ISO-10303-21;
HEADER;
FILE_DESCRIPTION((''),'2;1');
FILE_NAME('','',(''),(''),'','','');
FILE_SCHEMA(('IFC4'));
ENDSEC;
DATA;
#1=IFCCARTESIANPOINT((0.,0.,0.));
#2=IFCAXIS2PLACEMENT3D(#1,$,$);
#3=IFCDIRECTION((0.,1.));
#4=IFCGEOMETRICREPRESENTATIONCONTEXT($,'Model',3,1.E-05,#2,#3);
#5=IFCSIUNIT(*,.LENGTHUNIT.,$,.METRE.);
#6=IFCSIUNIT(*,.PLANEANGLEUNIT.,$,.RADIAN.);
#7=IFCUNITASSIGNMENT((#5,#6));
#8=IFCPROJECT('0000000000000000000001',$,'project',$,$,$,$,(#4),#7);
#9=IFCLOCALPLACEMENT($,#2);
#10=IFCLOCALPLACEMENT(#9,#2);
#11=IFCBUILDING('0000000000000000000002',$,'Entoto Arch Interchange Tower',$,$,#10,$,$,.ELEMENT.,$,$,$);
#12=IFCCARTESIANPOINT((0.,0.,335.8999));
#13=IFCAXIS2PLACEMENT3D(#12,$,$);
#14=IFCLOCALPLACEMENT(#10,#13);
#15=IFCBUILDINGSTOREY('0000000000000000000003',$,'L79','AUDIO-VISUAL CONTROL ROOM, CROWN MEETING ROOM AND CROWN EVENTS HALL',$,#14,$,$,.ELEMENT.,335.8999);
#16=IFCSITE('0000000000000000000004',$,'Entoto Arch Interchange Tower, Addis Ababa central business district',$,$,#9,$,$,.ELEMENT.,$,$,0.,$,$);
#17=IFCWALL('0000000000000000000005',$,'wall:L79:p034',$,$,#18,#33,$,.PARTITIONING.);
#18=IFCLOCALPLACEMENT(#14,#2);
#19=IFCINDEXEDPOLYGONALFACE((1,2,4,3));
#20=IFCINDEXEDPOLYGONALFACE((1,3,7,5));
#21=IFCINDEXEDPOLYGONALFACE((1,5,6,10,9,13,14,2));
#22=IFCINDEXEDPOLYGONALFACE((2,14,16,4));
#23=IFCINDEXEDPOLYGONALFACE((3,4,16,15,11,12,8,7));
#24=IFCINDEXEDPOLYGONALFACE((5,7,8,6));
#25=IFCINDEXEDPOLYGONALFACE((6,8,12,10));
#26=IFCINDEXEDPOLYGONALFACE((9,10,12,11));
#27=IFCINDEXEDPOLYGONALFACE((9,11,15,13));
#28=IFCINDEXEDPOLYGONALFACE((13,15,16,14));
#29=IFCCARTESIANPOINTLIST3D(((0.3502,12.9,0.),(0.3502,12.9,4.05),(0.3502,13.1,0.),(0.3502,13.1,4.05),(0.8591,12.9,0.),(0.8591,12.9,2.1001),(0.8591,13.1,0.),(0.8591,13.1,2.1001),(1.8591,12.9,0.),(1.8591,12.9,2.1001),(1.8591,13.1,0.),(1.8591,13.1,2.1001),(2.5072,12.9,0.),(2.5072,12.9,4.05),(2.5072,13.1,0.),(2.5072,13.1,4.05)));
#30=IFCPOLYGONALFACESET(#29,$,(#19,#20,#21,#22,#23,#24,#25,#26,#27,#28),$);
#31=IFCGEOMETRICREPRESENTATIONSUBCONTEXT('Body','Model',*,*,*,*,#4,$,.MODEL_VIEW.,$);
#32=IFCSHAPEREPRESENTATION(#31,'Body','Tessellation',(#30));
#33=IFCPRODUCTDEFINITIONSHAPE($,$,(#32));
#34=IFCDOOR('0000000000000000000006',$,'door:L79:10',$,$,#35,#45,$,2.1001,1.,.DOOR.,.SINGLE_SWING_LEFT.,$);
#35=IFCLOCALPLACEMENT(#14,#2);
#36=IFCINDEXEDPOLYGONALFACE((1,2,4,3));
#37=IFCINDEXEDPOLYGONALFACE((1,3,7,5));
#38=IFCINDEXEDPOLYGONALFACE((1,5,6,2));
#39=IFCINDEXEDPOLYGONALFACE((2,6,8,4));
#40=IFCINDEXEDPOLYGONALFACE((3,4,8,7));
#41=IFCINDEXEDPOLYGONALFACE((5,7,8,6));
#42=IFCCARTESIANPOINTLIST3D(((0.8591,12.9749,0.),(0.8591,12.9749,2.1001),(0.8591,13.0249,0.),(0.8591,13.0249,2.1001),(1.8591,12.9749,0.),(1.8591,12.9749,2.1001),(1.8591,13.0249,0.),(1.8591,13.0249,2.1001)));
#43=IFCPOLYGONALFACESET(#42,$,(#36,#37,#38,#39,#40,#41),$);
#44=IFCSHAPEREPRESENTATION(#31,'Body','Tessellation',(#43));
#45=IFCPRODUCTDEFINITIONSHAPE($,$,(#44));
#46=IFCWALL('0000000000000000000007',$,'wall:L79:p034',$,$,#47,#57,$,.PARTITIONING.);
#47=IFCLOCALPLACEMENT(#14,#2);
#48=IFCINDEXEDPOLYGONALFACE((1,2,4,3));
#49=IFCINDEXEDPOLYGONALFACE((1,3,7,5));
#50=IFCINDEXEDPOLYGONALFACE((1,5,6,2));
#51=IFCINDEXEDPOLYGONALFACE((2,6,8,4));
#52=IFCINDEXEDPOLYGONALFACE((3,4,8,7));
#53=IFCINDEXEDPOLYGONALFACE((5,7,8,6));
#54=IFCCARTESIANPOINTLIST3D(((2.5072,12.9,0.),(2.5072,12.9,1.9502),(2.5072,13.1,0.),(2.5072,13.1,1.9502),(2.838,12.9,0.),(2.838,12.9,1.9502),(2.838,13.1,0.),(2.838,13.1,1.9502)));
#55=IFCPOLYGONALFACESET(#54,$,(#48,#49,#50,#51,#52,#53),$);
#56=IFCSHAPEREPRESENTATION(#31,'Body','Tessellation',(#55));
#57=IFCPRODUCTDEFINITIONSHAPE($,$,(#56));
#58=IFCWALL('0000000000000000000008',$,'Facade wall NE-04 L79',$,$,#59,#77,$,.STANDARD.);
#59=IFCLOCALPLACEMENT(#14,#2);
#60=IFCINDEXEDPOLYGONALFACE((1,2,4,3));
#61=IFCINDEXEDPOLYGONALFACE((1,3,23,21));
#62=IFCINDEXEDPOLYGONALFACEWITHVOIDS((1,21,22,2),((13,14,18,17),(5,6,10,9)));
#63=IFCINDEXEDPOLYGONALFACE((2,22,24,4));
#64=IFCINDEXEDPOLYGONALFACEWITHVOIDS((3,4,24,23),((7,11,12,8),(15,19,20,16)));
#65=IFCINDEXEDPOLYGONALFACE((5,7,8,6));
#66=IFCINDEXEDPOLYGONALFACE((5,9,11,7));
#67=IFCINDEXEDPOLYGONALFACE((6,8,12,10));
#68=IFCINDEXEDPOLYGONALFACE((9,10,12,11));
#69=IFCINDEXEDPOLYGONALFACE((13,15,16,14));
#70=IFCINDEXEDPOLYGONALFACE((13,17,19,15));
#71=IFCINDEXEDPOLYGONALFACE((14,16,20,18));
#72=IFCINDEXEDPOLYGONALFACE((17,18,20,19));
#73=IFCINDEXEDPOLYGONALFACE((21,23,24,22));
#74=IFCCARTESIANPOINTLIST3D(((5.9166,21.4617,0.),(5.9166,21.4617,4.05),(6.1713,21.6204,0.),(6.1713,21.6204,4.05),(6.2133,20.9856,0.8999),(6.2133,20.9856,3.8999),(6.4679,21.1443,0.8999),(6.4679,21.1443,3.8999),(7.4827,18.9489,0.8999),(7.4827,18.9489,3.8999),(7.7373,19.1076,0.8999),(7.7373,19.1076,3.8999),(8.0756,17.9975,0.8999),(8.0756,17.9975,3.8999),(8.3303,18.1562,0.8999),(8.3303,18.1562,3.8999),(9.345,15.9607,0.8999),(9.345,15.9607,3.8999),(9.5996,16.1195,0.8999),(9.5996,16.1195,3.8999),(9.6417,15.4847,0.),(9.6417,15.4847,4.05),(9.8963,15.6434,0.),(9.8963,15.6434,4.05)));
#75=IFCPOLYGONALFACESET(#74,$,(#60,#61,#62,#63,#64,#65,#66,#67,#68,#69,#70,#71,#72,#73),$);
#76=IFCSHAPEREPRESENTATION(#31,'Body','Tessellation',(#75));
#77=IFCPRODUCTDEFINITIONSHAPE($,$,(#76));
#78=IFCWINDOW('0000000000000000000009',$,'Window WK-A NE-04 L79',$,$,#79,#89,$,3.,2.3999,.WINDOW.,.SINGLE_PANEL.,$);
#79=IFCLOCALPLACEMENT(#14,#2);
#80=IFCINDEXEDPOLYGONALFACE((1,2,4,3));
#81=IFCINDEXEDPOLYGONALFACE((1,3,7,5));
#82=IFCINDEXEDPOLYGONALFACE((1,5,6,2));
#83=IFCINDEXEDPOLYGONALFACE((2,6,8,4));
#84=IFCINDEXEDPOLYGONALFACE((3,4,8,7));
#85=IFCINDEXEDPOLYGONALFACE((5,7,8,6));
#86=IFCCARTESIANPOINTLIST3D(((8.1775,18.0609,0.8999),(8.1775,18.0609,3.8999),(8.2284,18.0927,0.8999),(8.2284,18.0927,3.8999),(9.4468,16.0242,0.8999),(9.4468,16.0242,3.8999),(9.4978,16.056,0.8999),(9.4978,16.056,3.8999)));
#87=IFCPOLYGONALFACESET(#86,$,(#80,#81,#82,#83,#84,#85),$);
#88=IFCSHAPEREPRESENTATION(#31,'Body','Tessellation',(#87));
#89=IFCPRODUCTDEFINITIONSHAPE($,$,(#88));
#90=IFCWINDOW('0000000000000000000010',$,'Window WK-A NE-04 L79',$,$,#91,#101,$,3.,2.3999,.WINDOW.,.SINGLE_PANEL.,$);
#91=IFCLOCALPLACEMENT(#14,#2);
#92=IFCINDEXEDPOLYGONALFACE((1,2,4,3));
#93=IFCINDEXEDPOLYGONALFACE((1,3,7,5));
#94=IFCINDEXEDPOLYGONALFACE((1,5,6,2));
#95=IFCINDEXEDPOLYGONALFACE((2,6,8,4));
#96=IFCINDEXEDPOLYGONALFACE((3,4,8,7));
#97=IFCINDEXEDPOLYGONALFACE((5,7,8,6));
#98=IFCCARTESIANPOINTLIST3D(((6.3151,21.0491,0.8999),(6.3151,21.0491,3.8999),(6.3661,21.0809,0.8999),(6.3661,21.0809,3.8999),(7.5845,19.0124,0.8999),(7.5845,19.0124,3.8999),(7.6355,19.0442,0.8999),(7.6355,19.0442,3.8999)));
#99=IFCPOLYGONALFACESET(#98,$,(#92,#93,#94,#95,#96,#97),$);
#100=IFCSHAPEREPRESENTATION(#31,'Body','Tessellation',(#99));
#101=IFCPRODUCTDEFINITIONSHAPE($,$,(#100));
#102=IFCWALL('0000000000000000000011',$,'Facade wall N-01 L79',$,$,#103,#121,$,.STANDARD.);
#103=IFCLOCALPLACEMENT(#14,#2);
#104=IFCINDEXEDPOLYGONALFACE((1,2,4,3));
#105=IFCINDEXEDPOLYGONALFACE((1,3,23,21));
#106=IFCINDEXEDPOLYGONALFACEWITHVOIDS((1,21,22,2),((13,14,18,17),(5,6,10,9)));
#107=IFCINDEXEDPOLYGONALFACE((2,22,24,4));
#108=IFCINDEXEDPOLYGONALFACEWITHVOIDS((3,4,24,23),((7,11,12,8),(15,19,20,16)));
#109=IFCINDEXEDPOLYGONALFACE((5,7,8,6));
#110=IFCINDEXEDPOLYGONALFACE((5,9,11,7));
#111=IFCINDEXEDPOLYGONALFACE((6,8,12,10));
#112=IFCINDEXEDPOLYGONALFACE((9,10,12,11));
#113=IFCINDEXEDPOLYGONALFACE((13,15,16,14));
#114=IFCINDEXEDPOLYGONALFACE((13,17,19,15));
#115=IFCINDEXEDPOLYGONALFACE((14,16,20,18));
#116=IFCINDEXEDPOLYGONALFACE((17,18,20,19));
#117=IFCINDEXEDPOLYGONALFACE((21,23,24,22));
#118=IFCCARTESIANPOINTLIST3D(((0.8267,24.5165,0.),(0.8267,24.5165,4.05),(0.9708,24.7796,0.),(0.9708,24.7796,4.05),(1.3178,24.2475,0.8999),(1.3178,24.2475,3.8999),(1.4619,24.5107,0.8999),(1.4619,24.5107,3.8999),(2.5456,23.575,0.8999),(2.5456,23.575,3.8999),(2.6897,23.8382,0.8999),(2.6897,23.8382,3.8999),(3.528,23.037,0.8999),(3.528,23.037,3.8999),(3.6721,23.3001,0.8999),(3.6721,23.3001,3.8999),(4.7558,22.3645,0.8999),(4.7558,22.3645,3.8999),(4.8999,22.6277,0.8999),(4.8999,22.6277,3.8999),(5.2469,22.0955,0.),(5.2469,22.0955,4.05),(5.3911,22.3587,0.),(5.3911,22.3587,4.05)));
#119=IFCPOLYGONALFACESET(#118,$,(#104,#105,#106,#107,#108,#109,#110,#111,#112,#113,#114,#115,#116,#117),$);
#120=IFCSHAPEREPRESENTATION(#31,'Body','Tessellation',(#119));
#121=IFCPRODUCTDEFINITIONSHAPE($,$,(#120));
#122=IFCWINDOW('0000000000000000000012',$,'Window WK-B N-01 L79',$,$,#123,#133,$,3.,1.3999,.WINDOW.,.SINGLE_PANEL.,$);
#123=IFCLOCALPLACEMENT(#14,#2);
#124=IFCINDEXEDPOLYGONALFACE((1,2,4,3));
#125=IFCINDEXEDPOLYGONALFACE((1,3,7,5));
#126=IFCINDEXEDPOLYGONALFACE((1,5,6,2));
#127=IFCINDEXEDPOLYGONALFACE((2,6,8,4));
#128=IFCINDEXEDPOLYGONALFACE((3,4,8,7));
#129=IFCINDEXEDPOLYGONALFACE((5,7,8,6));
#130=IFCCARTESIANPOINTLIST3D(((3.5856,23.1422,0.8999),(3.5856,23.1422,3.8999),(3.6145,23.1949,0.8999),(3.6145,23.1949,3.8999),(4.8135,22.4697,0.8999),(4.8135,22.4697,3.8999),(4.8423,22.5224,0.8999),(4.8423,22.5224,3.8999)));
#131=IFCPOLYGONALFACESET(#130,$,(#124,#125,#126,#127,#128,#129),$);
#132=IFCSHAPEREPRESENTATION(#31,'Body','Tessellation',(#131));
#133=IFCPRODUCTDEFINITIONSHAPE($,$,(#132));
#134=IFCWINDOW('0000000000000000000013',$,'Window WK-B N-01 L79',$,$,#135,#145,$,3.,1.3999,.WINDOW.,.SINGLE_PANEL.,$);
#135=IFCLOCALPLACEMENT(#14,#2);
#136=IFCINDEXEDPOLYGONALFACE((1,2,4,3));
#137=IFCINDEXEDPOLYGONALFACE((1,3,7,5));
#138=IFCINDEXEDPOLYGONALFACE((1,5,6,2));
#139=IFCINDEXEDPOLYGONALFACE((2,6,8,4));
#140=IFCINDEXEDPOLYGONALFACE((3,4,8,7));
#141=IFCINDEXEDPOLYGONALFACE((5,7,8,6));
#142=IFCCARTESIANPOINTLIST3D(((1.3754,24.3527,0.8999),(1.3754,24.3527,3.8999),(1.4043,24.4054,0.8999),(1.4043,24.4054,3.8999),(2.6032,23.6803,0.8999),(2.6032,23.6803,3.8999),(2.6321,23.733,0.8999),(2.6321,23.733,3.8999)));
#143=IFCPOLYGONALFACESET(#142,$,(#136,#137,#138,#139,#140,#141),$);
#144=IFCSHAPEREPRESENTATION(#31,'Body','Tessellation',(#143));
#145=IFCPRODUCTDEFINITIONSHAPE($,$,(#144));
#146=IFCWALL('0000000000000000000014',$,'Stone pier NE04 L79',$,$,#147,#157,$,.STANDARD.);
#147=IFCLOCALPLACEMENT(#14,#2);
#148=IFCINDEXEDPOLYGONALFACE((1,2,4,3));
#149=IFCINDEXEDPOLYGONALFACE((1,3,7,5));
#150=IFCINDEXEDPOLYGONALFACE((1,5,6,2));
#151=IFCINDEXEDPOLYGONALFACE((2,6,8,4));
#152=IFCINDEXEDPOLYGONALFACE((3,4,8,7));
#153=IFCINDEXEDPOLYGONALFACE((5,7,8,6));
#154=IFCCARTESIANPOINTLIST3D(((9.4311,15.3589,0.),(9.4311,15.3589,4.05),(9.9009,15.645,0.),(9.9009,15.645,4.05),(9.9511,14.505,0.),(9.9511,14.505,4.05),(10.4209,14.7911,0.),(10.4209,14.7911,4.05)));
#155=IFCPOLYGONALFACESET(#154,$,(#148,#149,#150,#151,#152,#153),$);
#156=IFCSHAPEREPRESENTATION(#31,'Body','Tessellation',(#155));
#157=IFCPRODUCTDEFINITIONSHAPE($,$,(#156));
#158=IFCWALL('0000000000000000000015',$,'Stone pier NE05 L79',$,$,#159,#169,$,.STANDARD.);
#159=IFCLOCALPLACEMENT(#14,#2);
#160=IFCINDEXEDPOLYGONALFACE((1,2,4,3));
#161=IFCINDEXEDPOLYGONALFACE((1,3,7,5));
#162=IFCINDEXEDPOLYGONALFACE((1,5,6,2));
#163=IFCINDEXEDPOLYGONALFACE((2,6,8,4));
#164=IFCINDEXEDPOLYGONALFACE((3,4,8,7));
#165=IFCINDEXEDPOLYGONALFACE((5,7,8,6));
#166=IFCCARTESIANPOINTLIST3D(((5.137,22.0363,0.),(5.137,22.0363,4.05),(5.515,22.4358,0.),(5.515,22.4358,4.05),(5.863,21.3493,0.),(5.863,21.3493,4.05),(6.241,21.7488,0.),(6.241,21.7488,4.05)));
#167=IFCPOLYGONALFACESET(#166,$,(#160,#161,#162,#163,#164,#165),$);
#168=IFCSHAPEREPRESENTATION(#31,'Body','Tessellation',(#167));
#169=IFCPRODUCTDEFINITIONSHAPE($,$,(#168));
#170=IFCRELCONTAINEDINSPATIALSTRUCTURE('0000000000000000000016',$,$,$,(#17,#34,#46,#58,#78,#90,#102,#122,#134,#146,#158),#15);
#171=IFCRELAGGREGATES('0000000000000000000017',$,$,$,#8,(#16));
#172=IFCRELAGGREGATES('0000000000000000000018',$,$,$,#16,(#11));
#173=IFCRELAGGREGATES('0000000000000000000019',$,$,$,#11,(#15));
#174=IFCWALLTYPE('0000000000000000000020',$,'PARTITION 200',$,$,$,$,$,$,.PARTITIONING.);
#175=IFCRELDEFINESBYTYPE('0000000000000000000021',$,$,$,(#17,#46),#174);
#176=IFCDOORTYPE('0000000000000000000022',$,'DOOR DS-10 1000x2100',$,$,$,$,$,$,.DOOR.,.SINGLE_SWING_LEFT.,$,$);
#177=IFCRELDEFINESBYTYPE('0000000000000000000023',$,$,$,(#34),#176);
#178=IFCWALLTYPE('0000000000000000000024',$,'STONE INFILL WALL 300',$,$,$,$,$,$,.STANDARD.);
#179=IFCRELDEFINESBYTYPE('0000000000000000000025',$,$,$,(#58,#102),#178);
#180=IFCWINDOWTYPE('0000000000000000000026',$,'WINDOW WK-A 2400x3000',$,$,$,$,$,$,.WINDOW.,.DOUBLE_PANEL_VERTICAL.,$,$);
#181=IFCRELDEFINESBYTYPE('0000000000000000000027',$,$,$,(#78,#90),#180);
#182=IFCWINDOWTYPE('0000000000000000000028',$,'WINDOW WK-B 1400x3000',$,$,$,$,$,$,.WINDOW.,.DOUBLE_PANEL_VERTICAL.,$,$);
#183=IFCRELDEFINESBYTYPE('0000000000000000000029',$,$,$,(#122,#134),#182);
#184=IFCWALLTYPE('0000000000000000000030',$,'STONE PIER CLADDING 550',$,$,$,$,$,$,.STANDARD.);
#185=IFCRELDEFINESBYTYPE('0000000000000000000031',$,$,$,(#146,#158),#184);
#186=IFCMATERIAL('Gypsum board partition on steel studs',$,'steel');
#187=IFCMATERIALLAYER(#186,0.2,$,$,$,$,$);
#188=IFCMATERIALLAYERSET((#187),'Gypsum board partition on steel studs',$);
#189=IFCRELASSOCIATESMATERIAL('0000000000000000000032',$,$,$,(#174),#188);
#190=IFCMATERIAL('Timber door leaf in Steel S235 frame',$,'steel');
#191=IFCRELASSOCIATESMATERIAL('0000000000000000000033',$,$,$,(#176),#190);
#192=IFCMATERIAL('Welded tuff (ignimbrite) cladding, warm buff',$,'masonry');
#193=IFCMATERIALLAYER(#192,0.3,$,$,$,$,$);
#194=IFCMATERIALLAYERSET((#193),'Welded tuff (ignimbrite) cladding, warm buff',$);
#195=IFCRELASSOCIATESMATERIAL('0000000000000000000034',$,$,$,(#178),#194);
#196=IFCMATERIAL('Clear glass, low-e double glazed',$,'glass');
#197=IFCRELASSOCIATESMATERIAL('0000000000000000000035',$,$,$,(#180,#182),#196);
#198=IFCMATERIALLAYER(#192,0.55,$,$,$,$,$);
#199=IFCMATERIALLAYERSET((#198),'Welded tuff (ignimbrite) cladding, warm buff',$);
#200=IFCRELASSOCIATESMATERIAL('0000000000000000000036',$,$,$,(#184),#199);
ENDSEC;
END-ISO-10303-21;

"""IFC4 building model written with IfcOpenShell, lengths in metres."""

from ifc_helpers import new_model, si_unit, direction, frame, frame_2d, origin, place, context, subcontext, project, spatial, rectangle, extrude, material, layer, layer_set, type_object, element, fill, save


model = new_model("IFC4")

# Units and contexts
model_context = context("Model", 3, precision=1e-05, world=origin(), true_north=direction((0.0, 1.0)))
body_context = subcontext(model_context, "Body", "Model", "MODEL_VIEW")
ifc_project = project(units=[si_unit("LENGTHUNIT", "METRE"), si_unit("PLANEANGLEUNIT", "RADIAN")], contexts=[model_context])

# Site, building, storey
site_placement = place(None, origin())
site = spatial("IfcSite", under=ifc_project, at=site_placement, Name="Entoto Arch Interchange Tower, Addis Ababa central business district", CompositionType="ELEMENT", RefElevation=0.0)
building_placement = place(site_placement, origin())
building = spatial("IfcBuilding", under=site, at=building_placement, Name="Entoto Arch Interchange Tower", CompositionType="ELEMENT")
storey_placement = place(building_placement, frame((0.0, 0.0, 335.8999)))
storey = spatial("IfcBuildingStorey", under=building, at=storey_placement, Name="L79", Description="AUDIO-VISUAL CONTROL ROOM, CROWN MEETING ROOM AND CROWN EVENTS HALL", CompositionType="ELEMENT", Elevation=335.8999)

# Shared definitions
ifc_material_1 = material(Name="Gypsum board partition on steel studs", Category="steel")
ifc_layer_1 = layer(ifc_material_1, 0.2)
ifc_layer_set_1 = layer_set([ifc_layer_1], Name="Gypsum board partition on steel studs")
wall_type_1 = type_object("IfcWallType", Name="PARTITION 200", PredefinedType="PARTITIONING", material=ifc_layer_set_1)

# Wall, opening, door
wall_1_placement = place(storey_placement, frame((0.3501, 13.0, 0.0), z_axis=(0.0, 0.0, 1.0), x_axis=(1.0, 0.0, 0.0)))
wall_1 = element("IfcWall", 1, at=wall_1_placement, inside=storey, type_object=wall_type_1, Name="wall:L79:p034", PredefinedType="PARTITIONING", context=body_context, shape_type="SweptSolid", body=[
    extrude(rectangle(XDim=2.157, YDim=0.2, at=frame_2d((1.0786, 0.0))), origin(), (0.0, 0.0, 1.0), 4.05),
])
opening_1_placement = place(wall_1_placement, frame((0.509, 0.0, 0.0)))
opening_1 = element("IfcOpeningElement", 2, at=opening_1_placement, cuts=wall_1, PredefinedType="OPENING", context=body_context, shape_type="SweptSolid", body=[
    extrude(rectangle(XDim=1.0, YDim=2.1001, at=frame_2d((0.5, 1.05))), frame((0.0, 0.1099, 0.0), z_axis=(0.0, -1.0, 0.0), x_axis=(1.0, 0.0, 0.0)), (0.0, 0.0, 1.0), 0.22),
])
ifc_material_2 = material(Name="Timber door leaf in Steel S235 frame", Category="steel")
door_type_1 = type_object("IfcDoorType", Name="DOOR DS-10 1000x2100", OperationType="SINGLE_SWING_LEFT", PredefinedType="DOOR", material=ifc_material_2)
door_1_placement = place(opening_1_placement, origin())
door_1 = element("IfcDoor", 3, at=door_1_placement, inside=storey, type_object=door_type_1, Name="door:L79:10", OperationType="SINGLE_SWING_LEFT", OverallHeight=2.1001, OverallWidth=1.0, PredefinedType="DOOR", context=body_context, shape_type="SweptSolid", body=[
    extrude(rectangle(XDim=1.0, YDim=2.1001, at=frame_2d((0.5, 1.05))), frame((0.0, 0.0249, 0.0), z_axis=(0.0, -1.0, 0.0), x_axis=(1.0, 0.0, 0.0)), (0.0, 0.0, 1.0), 0.05),
])
fill(opening_1, door_1)

# Wall
wall_2_placement = place(storey_placement, frame((2.5071, 13.0, 0.0), z_axis=(0.0, 0.0, 1.0), x_axis=(1.0, 0.0, 0.0)))
element("IfcWall", 4, at=wall_2_placement, inside=storey, type_object=wall_type_1, Name="wall:L79:p034", PredefinedType="PARTITIONING", context=body_context, shape_type="SweptSolid", body=[
    extrude(rectangle(XDim=0.3308, YDim=0.2, at=frame_2d((0.1655, 0.0))), origin(), (0.0, 0.0, 1.0), 1.9502),
])

# Walls, openings, windows
ifc_material_3 = material(Name="Welded tuff (ignimbrite) cladding, warm buff", Category="masonry")
ifc_layer_2 = layer(ifc_material_3, 0.3)
ifc_layer_set_2 = layer_set([ifc_layer_2], Name="Welded tuff (ignimbrite) cladding, warm buff")
wall_type_2 = type_object("IfcWallType", Name="STONE INFILL WALL 300", PredefinedType="STANDARD", material=ifc_layer_set_2)
wall_3_placement = place(storey_placement, frame((9.769, 15.564, 0.0), z_axis=(0.0, 0.0, 1.0), x_axis=(-0.52892, 0.848671, 0.0)))
wall_3 = element("IfcWall", 5, at=wall_3_placement, inside=storey, type_object=wall_type_2, Name="Facade wall NE-04 L79", PredefinedType="STANDARD", context=body_context, shape_type="SweptSolid", body=[
    extrude(rectangle(XDim=7.0427, YDim=0.3, at=frame_2d((3.5215, 0.0))), origin(), (0.0, 0.0, 1.0), 4.05),
])
opening_2_placement = place(wall_3_placement, frame((0.561, 0.0, 0.8999)))
opening_2 = element("IfcOpeningElement", 6, at=opening_2_placement, cuts=wall_3, PredefinedType="OPENING", context=body_context, shape_type="SweptSolid", body=[
    extrude(rectangle(XDim=2.3999, YDim=3.0, at=frame_2d((1.2, 1.5))), frame((0.0, 0.1602, 0.0), z_axis=(0.0, -1.0, 0.0), x_axis=(1.0, 0.0, 0.0)), (0.0, 0.0, 1.0), 0.3201),
])
opening_3_placement = place(wall_3_placement, frame((4.082, 0.0, 0.8999)))
opening_3 = element("IfcOpeningElement", 7, at=opening_3_placement, cuts=wall_3, PredefinedType="OPENING", context=body_context, shape_type="SweptSolid", body=[
    extrude(rectangle(XDim=2.3999, YDim=3.0, at=frame_2d((1.2, 1.5))), frame((0.0, 0.1602, 0.0), z_axis=(0.0, -1.0, 0.0), x_axis=(1.0, 0.0, 0.0)), (0.0, 0.0, 1.0), 0.3201),
])
ifc_material_4 = material(Name="Clear glass, low-e double glazed", Category="glass")
window_type_1 = type_object("IfcWindowType", Name="WINDOW WK-A 2400x3000", PartitioningType="DOUBLE_PANEL_VERTICAL", PredefinedType="WINDOW", material=ifc_material_4)
window_1_placement = place(opening_2_placement, origin())
window_1 = element("IfcWindow", 8, at=window_1_placement, inside=storey, type_object=window_type_1, Name="Window WK-A NE-04 L79", OverallHeight=3.0, OverallWidth=2.3999, PartitioningType="SINGLE_PANEL", PredefinedType="WINDOW", context=body_context, shape_type="SweptSolid", body=[
    extrude(rectangle(XDim=2.3999, YDim=3.0, at=frame_2d((1.2, 1.5))), frame((0.0, 0.03, 0.0), z_axis=(0.0, -1.0, 0.0), x_axis=(1.0, 0.0, 0.0)), (0.0, 0.0, 1.0), 0.0601),
])
fill(opening_2, window_1)
window_2_placement = place(opening_3_placement, origin())
window_2 = element("IfcWindow", 9, at=window_2_placement, inside=storey, type_object=window_type_1, Name="Window WK-A NE-04 L79", OverallHeight=3.0, OverallWidth=2.3999, PartitioningType="SINGLE_PANEL", PredefinedType="WINDOW", context=body_context, shape_type="SweptSolid", body=[
    extrude(rectangle(XDim=2.3999, YDim=3.0, at=frame_2d((1.2, 1.5))), frame((0.0, 0.03, 0.0), z_axis=(0.0, -1.0, 0.0), x_axis=(1.0, 0.0, 0.0)), (0.0, 0.0, 1.0), 0.0601),
])
fill(opening_3, window_2)
wall_4_placement = place(storey_placement, frame((5.3191, 22.2271, 0.0), z_axis=(0.0, 0.0, 1.0), x_axis=(-0.877069, 0.480365, 0.0)))
wall_4 = element("IfcWall", 10, at=wall_4_placement, inside=storey, type_object=wall_type_2, Name="Facade wall N-01 L79", PredefinedType="STANDARD", context=body_context, shape_type="SweptSolid", body=[
    extrude(rectangle(XDim=5.0398, YDim=0.3, at=frame_2d((2.52, 0.0))), origin(), (0.0, 0.0, 1.0), 4.05),
])
opening_4_placement = place(wall_4_placement, frame((0.5601, 0.0, 0.8999)))
opening_4 = element("IfcOpeningElement", 11, at=opening_4_placement, cuts=wall_4, PredefinedType="OPENING", context=body_context, shape_type="SweptSolid", body=[
    extrude(rectangle(XDim=1.3999, YDim=3.0, at=frame_2d((0.7, 1.5))), frame((0.0, 0.1602, 0.0), z_axis=(0.0, -1.0, 0.0), x_axis=(1.0, 0.0, 0.0)), (0.0, 0.0, 1.0), 0.3201),
])
opening_5_placement = place(wall_4_placement, frame((3.0801, 0.0, 0.8999)))
opening_5 = element("IfcOpeningElement", 12, at=opening_5_placement, cuts=wall_4, PredefinedType="OPENING", context=body_context, shape_type="SweptSolid", body=[
    extrude(rectangle(XDim=1.3999, YDim=3.0, at=frame_2d((0.7, 1.5))), frame((0.0, 0.1602, 0.0), z_axis=(0.0, -1.0, 0.0), x_axis=(1.0, 0.0, 0.0)), (0.0, 0.0, 1.0), 0.3201),
])
window_type_2 = type_object("IfcWindowType", Name="WINDOW WK-B 1400x3000", PartitioningType="DOUBLE_PANEL_VERTICAL", PredefinedType="WINDOW", material=ifc_material_4)
window_3_placement = place(opening_4_placement, origin())
window_3 = element("IfcWindow", 13, at=window_3_placement, inside=storey, type_object=window_type_2, Name="Window WK-B N-01 L79", OverallHeight=3.0, OverallWidth=1.3999, PartitioningType="SINGLE_PANEL", PredefinedType="WINDOW", context=body_context, shape_type="SweptSolid", body=[
    extrude(rectangle(XDim=1.3999, YDim=3.0, at=frame_2d((0.7, 1.5))), frame((0.0, 0.03, 0.0), z_axis=(0.0, -1.0, 0.0), x_axis=(1.0, 0.0, 0.0)), (0.0, 0.0, 1.0), 0.0601),
])
fill(opening_4, window_3)
window_4_placement = place(opening_5_placement, origin())
window_4 = element("IfcWindow", 14, at=window_4_placement, inside=storey, type_object=window_type_2, Name="Window WK-B N-01 L79", OverallHeight=3.0, OverallWidth=1.3999, PartitioningType="SINGLE_PANEL", PredefinedType="WINDOW", context=body_context, shape_type="SweptSolid", body=[
    extrude(rectangle(XDim=1.3999, YDim=3.0, at=frame_2d((0.7, 1.5))), frame((0.0, 0.03, 0.0), z_axis=(0.0, -1.0, 0.0), x_axis=(1.0, 0.0, 0.0)), (0.0, 0.0, 1.0), 0.0601),
])
fill(opening_5, window_4)

# Walls
ifc_layer_3 = layer(ifc_material_3, 0.55)
ifc_layer_set_3 = layer_set([ifc_layer_3], Name="Welded tuff (ignimbrite) cladding, warm buff")
wall_type_3 = type_object("IfcWallType", Name="STONE PIER CLADDING 550", PredefinedType="STANDARD", material=ifc_layer_set_3)
wall_5_placement = place(storey_placement, frame((10.186, 14.6479, 0.0), z_axis=(0.0, 0.0, 1.0), x_axis=(-0.520086, 0.854114, 0.0)))
element("IfcWall", 15, at=wall_5_placement, inside=storey, type_object=wall_type_3, Name="Stone pier NE04 L79", PredefinedType="STANDARD", context=body_context, shape_type="SweptSolid", body=[
    extrude(rectangle(XDim=0.9998, YDim=0.55, at=frame_2d((0.5, 0.0))), origin(), (0.0, 0.0, 1.0), 4.05),
])
wall_6_placement = place(storey_placement, frame((6.052, 21.5491, 0.0), z_axis=(0.0, 0.0, 1.0), x_axis=(-0.726376, 0.687297, 0.0)))
element("IfcWall", 16, at=wall_6_placement, inside=storey, type_object=wall_type_3, Name="Stone pier NE05 L79", PredefinedType="STANDARD", context=body_context, shape_type="SweptSolid", body=[
    extrude(rectangle(XDim=0.9995, YDim=0.55, at=frame_2d((0.4998, 0.0))), origin(), (0.0, 0.0, 1.0), 4.05),
])

save(model, "model.ifc")
